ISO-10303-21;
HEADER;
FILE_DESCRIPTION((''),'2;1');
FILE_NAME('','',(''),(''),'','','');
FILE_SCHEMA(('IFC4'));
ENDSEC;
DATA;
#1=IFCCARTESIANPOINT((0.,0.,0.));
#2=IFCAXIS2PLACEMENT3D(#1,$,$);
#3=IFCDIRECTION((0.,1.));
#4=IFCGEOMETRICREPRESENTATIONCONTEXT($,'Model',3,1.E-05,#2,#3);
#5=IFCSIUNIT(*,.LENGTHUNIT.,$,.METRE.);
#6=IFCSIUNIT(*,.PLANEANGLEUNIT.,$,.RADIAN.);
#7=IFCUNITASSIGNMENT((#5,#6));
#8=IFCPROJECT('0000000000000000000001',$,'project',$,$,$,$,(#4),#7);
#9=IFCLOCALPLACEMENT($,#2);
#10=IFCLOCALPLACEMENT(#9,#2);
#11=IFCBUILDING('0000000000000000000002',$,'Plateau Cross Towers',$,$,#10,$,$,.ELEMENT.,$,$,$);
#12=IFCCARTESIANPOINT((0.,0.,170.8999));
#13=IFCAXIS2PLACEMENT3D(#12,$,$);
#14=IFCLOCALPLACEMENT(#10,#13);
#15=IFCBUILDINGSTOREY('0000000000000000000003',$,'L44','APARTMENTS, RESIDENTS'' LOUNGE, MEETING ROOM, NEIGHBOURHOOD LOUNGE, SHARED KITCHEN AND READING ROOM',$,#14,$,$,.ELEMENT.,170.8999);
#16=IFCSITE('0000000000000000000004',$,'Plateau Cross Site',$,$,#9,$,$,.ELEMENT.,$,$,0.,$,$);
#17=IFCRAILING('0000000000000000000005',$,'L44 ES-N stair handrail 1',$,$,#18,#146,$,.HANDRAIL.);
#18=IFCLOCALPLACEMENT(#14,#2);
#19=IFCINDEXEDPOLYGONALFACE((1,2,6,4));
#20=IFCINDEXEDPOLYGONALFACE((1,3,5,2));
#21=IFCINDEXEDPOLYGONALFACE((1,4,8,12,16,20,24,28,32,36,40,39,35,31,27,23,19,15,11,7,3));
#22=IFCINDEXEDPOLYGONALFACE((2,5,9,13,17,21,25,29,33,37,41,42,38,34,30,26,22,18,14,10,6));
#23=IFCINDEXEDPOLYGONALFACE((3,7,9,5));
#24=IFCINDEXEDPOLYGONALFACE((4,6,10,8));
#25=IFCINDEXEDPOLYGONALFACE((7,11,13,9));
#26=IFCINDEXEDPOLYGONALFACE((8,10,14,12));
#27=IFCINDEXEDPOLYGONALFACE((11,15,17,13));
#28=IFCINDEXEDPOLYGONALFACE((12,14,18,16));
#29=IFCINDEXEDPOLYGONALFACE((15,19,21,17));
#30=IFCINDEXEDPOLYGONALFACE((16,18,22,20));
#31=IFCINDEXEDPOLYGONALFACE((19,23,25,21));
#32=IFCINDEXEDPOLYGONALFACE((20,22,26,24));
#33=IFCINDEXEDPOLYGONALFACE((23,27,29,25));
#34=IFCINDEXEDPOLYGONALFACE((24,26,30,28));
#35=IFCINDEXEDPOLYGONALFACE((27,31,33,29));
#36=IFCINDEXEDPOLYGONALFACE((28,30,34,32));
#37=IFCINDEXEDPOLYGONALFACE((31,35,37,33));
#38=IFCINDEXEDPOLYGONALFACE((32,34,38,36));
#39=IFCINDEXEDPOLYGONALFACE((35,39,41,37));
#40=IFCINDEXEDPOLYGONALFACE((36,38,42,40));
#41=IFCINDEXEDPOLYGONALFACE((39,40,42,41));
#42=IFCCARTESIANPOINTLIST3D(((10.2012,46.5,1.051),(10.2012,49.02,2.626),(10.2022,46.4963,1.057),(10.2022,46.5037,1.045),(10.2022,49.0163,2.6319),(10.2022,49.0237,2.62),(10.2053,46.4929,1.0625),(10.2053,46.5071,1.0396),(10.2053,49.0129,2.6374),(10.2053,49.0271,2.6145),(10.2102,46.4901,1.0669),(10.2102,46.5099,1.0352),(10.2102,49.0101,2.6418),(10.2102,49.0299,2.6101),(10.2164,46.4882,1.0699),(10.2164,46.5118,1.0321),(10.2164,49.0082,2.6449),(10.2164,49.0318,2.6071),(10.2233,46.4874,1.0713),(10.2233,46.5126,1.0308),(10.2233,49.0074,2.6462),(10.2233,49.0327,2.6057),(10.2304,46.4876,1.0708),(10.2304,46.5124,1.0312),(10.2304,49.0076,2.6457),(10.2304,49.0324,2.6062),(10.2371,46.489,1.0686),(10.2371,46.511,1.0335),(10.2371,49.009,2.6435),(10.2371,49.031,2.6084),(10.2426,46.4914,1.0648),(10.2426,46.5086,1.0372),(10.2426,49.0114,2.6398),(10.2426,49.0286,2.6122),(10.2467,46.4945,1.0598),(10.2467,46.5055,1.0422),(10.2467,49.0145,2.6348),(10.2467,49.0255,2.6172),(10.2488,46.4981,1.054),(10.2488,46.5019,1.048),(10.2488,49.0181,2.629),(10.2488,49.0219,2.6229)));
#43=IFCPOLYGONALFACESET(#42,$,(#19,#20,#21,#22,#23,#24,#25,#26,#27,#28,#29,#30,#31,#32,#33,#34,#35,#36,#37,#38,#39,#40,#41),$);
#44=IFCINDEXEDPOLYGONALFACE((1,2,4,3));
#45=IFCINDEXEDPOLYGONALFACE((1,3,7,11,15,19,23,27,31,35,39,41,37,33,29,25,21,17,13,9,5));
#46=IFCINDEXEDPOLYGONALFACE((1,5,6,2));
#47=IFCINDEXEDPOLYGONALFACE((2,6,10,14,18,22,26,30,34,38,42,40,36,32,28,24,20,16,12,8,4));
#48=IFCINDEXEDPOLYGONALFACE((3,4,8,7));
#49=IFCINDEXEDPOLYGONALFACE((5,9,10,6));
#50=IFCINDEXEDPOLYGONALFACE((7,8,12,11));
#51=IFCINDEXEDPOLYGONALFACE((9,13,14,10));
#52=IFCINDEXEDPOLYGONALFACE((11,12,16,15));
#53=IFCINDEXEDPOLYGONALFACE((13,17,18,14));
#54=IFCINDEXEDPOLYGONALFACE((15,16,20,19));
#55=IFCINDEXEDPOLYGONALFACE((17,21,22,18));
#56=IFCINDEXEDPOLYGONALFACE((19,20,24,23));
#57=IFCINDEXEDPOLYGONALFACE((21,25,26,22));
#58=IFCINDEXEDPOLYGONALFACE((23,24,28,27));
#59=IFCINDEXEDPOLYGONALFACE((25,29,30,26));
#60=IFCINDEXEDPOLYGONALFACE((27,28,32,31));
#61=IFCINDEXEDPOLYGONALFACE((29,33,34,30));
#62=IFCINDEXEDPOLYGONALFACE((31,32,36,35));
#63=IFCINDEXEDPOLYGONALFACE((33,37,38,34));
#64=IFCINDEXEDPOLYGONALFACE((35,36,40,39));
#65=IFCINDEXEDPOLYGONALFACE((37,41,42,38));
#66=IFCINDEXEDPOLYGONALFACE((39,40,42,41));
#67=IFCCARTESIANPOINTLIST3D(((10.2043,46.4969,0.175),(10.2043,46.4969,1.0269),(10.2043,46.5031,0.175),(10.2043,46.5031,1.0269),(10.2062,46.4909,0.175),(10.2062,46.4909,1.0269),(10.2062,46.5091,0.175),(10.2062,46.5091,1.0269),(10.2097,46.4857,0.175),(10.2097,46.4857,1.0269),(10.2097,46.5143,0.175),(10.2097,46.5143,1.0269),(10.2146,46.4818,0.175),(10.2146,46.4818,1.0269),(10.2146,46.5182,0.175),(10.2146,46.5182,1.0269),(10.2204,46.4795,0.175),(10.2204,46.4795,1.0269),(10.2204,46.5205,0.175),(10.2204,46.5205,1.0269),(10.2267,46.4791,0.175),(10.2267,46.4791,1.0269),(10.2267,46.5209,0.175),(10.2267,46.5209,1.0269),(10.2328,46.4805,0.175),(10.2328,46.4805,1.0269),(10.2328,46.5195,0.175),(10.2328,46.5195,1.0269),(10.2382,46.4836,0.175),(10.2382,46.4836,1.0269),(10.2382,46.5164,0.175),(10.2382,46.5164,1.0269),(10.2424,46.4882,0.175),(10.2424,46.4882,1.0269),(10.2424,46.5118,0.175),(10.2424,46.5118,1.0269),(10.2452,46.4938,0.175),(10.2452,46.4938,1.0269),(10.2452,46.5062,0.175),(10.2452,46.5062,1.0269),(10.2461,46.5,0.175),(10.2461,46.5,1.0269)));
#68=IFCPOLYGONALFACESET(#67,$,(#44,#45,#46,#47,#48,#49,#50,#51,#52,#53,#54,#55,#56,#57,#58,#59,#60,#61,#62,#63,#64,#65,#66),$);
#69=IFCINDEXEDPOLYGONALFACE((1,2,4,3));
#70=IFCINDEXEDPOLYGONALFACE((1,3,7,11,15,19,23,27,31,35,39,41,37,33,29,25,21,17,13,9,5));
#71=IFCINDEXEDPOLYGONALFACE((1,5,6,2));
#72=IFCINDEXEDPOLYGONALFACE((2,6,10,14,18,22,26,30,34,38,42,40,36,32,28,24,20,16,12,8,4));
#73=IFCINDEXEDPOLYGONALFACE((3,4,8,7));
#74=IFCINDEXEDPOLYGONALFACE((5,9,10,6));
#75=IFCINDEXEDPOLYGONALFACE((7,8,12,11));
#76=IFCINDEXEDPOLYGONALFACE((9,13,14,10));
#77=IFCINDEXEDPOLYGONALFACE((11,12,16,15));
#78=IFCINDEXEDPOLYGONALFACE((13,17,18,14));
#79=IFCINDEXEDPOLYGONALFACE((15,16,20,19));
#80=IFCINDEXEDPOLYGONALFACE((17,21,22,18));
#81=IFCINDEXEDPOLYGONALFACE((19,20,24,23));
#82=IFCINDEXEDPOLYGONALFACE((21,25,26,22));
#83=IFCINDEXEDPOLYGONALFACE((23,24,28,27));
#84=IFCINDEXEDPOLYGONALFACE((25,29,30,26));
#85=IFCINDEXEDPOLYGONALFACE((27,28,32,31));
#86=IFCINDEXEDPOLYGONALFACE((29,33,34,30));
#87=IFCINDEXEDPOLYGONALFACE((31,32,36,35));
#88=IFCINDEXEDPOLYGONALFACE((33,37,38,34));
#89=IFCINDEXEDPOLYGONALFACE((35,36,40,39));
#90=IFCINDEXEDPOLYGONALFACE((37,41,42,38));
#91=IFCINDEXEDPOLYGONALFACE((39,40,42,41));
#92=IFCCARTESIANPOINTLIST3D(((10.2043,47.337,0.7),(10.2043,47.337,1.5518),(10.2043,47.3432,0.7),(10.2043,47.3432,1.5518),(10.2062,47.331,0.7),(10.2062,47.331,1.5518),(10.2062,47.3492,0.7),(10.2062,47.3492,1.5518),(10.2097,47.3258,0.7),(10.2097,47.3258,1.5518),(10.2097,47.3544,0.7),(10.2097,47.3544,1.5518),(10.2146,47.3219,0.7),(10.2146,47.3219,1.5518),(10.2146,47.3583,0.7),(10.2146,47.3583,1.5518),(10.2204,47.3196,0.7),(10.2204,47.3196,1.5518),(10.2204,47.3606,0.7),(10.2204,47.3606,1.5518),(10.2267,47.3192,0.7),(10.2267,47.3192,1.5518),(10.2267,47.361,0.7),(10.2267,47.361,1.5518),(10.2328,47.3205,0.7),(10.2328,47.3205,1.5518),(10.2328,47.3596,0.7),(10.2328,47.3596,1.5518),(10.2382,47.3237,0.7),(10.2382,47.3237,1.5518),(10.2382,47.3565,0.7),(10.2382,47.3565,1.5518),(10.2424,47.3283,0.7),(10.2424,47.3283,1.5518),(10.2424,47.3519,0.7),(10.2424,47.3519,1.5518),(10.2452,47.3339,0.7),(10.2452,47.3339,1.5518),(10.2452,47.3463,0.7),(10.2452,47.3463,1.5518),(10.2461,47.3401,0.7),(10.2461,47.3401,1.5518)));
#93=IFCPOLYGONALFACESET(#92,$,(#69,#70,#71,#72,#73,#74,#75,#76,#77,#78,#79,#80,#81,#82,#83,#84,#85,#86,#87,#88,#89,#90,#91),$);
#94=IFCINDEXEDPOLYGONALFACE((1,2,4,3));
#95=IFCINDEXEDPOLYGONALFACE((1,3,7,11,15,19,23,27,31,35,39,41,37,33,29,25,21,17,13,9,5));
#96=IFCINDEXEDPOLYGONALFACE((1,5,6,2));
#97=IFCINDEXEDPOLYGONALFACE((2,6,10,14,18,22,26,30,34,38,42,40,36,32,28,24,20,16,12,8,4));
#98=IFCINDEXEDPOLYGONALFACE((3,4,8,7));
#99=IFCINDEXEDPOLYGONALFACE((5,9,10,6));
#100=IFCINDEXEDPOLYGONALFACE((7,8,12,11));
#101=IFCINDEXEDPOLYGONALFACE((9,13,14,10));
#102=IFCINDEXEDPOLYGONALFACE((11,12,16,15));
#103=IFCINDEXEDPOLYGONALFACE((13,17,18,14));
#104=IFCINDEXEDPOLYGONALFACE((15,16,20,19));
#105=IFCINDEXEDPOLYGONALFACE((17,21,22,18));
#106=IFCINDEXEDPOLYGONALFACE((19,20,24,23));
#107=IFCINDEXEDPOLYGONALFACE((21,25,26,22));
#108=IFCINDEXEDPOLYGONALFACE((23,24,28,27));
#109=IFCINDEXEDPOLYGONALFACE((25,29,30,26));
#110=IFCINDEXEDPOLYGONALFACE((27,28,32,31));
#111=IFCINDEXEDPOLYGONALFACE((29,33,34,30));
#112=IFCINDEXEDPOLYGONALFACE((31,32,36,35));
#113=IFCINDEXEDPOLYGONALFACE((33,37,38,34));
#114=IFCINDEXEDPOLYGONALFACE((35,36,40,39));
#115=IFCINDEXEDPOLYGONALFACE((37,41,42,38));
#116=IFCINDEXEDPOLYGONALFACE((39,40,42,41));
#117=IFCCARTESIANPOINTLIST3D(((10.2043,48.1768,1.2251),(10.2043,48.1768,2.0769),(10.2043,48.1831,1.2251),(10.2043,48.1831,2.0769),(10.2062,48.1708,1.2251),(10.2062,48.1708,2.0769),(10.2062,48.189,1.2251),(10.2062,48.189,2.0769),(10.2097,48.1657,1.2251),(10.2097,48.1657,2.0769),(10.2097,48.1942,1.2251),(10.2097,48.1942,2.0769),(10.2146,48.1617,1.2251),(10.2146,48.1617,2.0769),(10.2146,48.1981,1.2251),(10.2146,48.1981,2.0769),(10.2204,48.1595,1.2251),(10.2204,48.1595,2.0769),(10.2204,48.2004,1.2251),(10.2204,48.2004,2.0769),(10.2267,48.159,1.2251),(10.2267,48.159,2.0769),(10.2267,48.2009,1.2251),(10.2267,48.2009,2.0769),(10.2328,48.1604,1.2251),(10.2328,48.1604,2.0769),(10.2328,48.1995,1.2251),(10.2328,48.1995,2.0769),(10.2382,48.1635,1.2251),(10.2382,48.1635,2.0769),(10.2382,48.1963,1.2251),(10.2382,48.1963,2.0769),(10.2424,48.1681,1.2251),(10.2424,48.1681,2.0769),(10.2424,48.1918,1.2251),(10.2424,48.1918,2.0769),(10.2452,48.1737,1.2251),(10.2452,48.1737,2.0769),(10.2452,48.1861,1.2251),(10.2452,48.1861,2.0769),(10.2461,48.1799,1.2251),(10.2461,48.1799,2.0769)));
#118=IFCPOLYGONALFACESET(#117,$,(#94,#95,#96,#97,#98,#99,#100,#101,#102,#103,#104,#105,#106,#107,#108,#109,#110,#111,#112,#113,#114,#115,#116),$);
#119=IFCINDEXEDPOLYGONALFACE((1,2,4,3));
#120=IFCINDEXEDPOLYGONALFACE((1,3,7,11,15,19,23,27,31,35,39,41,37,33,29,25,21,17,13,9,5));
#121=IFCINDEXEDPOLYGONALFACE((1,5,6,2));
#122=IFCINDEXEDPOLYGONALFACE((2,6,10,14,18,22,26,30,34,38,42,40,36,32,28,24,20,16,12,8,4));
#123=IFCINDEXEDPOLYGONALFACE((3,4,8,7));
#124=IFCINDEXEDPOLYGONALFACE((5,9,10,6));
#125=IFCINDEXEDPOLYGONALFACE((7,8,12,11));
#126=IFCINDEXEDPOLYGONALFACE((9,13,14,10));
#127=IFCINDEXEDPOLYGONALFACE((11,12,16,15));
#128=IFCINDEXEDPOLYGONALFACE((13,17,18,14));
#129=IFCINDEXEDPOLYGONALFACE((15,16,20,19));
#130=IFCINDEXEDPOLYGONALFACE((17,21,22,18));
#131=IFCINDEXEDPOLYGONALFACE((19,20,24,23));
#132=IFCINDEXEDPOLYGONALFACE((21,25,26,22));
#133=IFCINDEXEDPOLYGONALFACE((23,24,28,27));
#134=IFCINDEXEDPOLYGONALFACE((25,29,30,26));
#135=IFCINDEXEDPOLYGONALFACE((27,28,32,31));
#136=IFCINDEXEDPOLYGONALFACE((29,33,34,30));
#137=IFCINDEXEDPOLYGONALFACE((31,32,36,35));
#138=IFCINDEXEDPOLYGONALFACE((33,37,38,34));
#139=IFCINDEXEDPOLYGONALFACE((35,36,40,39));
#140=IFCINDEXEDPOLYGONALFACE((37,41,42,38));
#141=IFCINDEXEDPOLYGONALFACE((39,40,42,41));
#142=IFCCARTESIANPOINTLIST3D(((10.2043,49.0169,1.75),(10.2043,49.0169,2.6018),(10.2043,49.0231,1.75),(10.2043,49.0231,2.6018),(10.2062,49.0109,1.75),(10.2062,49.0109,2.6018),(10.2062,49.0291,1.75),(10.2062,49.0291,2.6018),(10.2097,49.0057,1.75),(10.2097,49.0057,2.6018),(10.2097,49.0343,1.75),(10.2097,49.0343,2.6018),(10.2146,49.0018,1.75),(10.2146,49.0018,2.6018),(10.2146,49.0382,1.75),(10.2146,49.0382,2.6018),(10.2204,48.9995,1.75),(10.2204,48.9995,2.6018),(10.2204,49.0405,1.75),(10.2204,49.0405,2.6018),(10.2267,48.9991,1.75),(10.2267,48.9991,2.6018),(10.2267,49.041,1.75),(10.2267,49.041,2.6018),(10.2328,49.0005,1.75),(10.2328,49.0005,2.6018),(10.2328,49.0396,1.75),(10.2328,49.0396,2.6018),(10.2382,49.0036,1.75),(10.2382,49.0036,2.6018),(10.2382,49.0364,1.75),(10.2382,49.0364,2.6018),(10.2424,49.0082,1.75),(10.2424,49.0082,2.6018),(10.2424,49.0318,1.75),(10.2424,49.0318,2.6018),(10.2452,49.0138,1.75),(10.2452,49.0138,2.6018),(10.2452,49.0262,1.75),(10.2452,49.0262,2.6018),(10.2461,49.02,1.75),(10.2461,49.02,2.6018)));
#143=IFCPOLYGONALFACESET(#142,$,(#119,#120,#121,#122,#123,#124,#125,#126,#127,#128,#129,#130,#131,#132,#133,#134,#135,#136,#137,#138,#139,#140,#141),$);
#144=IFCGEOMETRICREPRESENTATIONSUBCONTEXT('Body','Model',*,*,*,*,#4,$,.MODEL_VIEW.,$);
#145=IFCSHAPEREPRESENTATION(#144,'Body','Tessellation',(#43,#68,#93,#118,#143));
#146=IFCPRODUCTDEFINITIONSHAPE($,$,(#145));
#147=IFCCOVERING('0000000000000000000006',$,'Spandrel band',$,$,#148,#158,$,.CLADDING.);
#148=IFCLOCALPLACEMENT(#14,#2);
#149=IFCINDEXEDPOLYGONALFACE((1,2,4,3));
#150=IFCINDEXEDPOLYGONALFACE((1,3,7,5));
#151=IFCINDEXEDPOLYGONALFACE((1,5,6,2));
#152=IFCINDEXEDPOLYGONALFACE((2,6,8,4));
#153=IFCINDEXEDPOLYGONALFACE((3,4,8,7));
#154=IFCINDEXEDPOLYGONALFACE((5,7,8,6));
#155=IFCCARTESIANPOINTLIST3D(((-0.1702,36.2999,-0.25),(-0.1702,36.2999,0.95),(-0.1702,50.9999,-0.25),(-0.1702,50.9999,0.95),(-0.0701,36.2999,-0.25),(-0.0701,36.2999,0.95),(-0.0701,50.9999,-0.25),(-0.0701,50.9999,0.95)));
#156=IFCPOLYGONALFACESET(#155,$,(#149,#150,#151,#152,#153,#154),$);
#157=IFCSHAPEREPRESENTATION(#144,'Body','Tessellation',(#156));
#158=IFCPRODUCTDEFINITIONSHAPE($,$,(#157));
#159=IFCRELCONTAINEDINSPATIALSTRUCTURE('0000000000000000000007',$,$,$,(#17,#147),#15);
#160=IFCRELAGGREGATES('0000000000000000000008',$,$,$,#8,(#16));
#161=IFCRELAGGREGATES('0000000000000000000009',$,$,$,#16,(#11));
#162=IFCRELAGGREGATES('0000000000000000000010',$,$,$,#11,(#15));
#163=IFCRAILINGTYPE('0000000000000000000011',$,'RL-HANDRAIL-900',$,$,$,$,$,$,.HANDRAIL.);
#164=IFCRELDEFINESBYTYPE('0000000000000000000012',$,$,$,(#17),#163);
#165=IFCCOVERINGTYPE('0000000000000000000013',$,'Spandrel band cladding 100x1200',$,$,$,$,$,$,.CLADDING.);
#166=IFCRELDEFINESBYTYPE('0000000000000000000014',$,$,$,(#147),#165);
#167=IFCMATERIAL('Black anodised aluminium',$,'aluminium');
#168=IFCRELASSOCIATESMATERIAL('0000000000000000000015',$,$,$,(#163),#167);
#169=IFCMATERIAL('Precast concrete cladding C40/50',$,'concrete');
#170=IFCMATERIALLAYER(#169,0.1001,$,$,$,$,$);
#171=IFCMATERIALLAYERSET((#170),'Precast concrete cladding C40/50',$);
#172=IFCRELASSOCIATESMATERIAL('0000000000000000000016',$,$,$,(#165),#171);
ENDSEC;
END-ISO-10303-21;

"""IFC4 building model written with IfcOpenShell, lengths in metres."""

from ifc_helpers import new_model, si_unit, direction, frame, origin, origin_2d, place, context, subcontext, project, spatial, rectangle, circle, extrude, material, layer, layer_set, type_object, element, save


model = new_model("IFC4")

# Units and contexts
model_context = context("Model", 3, precision=1e-05, world=origin(), true_north=direction((0.0, 1.0)))
body_context = subcontext(model_context, "Body", "Model", "MODEL_VIEW")
ifc_project = project(units=[si_unit("LENGTHUNIT", "METRE"), si_unit("PLANEANGLEUNIT", "RADIAN")], contexts=[model_context])

# Site, building, storey
site_placement = place(None, origin())
site = spatial("IfcSite", under=ifc_project, at=site_placement, Name="Plateau Cross Site", CompositionType="ELEMENT", RefElevation=0.0)
building_placement = place(site_placement, origin())
building = spatial("IfcBuilding", under=site, at=building_placement, Name="Plateau Cross Towers", CompositionType="ELEMENT")
storey_placement = place(building_placement, frame((0.0, 0.0, 170.8999)))
storey = spatial("IfcBuildingStorey", under=building, at=storey_placement, Name="L44", Description="APARTMENTS, RESIDENTS' LOUNGE, MEETING ROOM, NEIGHBOURHOOD LOUNGE, SHARED KITCHEN AND READING ROOM", CompositionType="ELEMENT", Elevation=170.8999)

# Shared definitions
ifc_material_1 = material(Name="Black anodised aluminium", Category="aluminium")

# Railing
railing_type_1 = type_object("IfcRailingType", Name="RL-HANDRAIL-900", PredefinedType="HANDRAIL", material=ifc_material_1)
railing_1_placement = place(storey_placement, frame((10.2251, 46.5, 0.175)))
element("IfcRailing", 1, at=railing_1_placement, inside=storey, type_object=railing_type_1, Name="L44 ES-N stair handrail 1", PredefinedType="HANDRAIL", context=body_context, shape_type="SweptSolid", body=[
    extrude(circle(Radius=0.0239, at=origin_2d()), frame((0.0, 0.0, 0.876), z_axis=(0.0, 0.848008, 0.529984), x_axis=(-1.0, 0.0, 0.0)), (0.0, 0.0, 1.0), 2.9717),
    extrude(circle(Radius=0.021, at=origin_2d()), origin(), (0.0, 0.0, 1.0), 0.8518),
    extrude(circle(Radius=0.021, at=origin_2d()), frame((0.0, 0.8401, 0.5249)), (0.0, 0.0, 1.0), 0.8518),
    extrude(circle(Radius=0.021, at=origin_2d()), frame((0.0, 1.6799, 1.05)), (0.0, 0.0, 1.0), 0.8518),
    extrude(circle(Radius=0.021, at=origin_2d()), frame((0.0, 2.52, 1.575)), (0.0, 0.0, 1.0), 0.8518),
])

# Covering
ifc_material_2 = material(Name="Precast concrete cladding C40/50", Category="concrete")
ifc_layer_1 = layer(ifc_material_2, 0.1001)
ifc_layer_set_1 = layer_set([ifc_layer_1], Name="Precast concrete cladding C40/50")
covering_type = type_object("IfcCoveringType", Name="Spandrel band cladding 100x1200", PredefinedType="CLADDING", material=ifc_layer_set_1)
covering_placement = place(storey_placement, frame((-0.1201, 43.6499, -0.25), z_axis=(0.0, 0.0, 1.0), x_axis=(0.0, -1.0, 0.0)))
element("IfcCovering", 2, at=covering_placement, inside=storey, type_object=covering_type, Name="Spandrel band", PredefinedType="CLADDING", context=body_context, shape_type="SweptSolid", body=[
    extrude(rectangle(XDim=14.7, YDim=0.1001, at=origin_2d()), origin(), (0.0, 0.0, 1.0), 1.2),
])

save(model, "model.ifc")
